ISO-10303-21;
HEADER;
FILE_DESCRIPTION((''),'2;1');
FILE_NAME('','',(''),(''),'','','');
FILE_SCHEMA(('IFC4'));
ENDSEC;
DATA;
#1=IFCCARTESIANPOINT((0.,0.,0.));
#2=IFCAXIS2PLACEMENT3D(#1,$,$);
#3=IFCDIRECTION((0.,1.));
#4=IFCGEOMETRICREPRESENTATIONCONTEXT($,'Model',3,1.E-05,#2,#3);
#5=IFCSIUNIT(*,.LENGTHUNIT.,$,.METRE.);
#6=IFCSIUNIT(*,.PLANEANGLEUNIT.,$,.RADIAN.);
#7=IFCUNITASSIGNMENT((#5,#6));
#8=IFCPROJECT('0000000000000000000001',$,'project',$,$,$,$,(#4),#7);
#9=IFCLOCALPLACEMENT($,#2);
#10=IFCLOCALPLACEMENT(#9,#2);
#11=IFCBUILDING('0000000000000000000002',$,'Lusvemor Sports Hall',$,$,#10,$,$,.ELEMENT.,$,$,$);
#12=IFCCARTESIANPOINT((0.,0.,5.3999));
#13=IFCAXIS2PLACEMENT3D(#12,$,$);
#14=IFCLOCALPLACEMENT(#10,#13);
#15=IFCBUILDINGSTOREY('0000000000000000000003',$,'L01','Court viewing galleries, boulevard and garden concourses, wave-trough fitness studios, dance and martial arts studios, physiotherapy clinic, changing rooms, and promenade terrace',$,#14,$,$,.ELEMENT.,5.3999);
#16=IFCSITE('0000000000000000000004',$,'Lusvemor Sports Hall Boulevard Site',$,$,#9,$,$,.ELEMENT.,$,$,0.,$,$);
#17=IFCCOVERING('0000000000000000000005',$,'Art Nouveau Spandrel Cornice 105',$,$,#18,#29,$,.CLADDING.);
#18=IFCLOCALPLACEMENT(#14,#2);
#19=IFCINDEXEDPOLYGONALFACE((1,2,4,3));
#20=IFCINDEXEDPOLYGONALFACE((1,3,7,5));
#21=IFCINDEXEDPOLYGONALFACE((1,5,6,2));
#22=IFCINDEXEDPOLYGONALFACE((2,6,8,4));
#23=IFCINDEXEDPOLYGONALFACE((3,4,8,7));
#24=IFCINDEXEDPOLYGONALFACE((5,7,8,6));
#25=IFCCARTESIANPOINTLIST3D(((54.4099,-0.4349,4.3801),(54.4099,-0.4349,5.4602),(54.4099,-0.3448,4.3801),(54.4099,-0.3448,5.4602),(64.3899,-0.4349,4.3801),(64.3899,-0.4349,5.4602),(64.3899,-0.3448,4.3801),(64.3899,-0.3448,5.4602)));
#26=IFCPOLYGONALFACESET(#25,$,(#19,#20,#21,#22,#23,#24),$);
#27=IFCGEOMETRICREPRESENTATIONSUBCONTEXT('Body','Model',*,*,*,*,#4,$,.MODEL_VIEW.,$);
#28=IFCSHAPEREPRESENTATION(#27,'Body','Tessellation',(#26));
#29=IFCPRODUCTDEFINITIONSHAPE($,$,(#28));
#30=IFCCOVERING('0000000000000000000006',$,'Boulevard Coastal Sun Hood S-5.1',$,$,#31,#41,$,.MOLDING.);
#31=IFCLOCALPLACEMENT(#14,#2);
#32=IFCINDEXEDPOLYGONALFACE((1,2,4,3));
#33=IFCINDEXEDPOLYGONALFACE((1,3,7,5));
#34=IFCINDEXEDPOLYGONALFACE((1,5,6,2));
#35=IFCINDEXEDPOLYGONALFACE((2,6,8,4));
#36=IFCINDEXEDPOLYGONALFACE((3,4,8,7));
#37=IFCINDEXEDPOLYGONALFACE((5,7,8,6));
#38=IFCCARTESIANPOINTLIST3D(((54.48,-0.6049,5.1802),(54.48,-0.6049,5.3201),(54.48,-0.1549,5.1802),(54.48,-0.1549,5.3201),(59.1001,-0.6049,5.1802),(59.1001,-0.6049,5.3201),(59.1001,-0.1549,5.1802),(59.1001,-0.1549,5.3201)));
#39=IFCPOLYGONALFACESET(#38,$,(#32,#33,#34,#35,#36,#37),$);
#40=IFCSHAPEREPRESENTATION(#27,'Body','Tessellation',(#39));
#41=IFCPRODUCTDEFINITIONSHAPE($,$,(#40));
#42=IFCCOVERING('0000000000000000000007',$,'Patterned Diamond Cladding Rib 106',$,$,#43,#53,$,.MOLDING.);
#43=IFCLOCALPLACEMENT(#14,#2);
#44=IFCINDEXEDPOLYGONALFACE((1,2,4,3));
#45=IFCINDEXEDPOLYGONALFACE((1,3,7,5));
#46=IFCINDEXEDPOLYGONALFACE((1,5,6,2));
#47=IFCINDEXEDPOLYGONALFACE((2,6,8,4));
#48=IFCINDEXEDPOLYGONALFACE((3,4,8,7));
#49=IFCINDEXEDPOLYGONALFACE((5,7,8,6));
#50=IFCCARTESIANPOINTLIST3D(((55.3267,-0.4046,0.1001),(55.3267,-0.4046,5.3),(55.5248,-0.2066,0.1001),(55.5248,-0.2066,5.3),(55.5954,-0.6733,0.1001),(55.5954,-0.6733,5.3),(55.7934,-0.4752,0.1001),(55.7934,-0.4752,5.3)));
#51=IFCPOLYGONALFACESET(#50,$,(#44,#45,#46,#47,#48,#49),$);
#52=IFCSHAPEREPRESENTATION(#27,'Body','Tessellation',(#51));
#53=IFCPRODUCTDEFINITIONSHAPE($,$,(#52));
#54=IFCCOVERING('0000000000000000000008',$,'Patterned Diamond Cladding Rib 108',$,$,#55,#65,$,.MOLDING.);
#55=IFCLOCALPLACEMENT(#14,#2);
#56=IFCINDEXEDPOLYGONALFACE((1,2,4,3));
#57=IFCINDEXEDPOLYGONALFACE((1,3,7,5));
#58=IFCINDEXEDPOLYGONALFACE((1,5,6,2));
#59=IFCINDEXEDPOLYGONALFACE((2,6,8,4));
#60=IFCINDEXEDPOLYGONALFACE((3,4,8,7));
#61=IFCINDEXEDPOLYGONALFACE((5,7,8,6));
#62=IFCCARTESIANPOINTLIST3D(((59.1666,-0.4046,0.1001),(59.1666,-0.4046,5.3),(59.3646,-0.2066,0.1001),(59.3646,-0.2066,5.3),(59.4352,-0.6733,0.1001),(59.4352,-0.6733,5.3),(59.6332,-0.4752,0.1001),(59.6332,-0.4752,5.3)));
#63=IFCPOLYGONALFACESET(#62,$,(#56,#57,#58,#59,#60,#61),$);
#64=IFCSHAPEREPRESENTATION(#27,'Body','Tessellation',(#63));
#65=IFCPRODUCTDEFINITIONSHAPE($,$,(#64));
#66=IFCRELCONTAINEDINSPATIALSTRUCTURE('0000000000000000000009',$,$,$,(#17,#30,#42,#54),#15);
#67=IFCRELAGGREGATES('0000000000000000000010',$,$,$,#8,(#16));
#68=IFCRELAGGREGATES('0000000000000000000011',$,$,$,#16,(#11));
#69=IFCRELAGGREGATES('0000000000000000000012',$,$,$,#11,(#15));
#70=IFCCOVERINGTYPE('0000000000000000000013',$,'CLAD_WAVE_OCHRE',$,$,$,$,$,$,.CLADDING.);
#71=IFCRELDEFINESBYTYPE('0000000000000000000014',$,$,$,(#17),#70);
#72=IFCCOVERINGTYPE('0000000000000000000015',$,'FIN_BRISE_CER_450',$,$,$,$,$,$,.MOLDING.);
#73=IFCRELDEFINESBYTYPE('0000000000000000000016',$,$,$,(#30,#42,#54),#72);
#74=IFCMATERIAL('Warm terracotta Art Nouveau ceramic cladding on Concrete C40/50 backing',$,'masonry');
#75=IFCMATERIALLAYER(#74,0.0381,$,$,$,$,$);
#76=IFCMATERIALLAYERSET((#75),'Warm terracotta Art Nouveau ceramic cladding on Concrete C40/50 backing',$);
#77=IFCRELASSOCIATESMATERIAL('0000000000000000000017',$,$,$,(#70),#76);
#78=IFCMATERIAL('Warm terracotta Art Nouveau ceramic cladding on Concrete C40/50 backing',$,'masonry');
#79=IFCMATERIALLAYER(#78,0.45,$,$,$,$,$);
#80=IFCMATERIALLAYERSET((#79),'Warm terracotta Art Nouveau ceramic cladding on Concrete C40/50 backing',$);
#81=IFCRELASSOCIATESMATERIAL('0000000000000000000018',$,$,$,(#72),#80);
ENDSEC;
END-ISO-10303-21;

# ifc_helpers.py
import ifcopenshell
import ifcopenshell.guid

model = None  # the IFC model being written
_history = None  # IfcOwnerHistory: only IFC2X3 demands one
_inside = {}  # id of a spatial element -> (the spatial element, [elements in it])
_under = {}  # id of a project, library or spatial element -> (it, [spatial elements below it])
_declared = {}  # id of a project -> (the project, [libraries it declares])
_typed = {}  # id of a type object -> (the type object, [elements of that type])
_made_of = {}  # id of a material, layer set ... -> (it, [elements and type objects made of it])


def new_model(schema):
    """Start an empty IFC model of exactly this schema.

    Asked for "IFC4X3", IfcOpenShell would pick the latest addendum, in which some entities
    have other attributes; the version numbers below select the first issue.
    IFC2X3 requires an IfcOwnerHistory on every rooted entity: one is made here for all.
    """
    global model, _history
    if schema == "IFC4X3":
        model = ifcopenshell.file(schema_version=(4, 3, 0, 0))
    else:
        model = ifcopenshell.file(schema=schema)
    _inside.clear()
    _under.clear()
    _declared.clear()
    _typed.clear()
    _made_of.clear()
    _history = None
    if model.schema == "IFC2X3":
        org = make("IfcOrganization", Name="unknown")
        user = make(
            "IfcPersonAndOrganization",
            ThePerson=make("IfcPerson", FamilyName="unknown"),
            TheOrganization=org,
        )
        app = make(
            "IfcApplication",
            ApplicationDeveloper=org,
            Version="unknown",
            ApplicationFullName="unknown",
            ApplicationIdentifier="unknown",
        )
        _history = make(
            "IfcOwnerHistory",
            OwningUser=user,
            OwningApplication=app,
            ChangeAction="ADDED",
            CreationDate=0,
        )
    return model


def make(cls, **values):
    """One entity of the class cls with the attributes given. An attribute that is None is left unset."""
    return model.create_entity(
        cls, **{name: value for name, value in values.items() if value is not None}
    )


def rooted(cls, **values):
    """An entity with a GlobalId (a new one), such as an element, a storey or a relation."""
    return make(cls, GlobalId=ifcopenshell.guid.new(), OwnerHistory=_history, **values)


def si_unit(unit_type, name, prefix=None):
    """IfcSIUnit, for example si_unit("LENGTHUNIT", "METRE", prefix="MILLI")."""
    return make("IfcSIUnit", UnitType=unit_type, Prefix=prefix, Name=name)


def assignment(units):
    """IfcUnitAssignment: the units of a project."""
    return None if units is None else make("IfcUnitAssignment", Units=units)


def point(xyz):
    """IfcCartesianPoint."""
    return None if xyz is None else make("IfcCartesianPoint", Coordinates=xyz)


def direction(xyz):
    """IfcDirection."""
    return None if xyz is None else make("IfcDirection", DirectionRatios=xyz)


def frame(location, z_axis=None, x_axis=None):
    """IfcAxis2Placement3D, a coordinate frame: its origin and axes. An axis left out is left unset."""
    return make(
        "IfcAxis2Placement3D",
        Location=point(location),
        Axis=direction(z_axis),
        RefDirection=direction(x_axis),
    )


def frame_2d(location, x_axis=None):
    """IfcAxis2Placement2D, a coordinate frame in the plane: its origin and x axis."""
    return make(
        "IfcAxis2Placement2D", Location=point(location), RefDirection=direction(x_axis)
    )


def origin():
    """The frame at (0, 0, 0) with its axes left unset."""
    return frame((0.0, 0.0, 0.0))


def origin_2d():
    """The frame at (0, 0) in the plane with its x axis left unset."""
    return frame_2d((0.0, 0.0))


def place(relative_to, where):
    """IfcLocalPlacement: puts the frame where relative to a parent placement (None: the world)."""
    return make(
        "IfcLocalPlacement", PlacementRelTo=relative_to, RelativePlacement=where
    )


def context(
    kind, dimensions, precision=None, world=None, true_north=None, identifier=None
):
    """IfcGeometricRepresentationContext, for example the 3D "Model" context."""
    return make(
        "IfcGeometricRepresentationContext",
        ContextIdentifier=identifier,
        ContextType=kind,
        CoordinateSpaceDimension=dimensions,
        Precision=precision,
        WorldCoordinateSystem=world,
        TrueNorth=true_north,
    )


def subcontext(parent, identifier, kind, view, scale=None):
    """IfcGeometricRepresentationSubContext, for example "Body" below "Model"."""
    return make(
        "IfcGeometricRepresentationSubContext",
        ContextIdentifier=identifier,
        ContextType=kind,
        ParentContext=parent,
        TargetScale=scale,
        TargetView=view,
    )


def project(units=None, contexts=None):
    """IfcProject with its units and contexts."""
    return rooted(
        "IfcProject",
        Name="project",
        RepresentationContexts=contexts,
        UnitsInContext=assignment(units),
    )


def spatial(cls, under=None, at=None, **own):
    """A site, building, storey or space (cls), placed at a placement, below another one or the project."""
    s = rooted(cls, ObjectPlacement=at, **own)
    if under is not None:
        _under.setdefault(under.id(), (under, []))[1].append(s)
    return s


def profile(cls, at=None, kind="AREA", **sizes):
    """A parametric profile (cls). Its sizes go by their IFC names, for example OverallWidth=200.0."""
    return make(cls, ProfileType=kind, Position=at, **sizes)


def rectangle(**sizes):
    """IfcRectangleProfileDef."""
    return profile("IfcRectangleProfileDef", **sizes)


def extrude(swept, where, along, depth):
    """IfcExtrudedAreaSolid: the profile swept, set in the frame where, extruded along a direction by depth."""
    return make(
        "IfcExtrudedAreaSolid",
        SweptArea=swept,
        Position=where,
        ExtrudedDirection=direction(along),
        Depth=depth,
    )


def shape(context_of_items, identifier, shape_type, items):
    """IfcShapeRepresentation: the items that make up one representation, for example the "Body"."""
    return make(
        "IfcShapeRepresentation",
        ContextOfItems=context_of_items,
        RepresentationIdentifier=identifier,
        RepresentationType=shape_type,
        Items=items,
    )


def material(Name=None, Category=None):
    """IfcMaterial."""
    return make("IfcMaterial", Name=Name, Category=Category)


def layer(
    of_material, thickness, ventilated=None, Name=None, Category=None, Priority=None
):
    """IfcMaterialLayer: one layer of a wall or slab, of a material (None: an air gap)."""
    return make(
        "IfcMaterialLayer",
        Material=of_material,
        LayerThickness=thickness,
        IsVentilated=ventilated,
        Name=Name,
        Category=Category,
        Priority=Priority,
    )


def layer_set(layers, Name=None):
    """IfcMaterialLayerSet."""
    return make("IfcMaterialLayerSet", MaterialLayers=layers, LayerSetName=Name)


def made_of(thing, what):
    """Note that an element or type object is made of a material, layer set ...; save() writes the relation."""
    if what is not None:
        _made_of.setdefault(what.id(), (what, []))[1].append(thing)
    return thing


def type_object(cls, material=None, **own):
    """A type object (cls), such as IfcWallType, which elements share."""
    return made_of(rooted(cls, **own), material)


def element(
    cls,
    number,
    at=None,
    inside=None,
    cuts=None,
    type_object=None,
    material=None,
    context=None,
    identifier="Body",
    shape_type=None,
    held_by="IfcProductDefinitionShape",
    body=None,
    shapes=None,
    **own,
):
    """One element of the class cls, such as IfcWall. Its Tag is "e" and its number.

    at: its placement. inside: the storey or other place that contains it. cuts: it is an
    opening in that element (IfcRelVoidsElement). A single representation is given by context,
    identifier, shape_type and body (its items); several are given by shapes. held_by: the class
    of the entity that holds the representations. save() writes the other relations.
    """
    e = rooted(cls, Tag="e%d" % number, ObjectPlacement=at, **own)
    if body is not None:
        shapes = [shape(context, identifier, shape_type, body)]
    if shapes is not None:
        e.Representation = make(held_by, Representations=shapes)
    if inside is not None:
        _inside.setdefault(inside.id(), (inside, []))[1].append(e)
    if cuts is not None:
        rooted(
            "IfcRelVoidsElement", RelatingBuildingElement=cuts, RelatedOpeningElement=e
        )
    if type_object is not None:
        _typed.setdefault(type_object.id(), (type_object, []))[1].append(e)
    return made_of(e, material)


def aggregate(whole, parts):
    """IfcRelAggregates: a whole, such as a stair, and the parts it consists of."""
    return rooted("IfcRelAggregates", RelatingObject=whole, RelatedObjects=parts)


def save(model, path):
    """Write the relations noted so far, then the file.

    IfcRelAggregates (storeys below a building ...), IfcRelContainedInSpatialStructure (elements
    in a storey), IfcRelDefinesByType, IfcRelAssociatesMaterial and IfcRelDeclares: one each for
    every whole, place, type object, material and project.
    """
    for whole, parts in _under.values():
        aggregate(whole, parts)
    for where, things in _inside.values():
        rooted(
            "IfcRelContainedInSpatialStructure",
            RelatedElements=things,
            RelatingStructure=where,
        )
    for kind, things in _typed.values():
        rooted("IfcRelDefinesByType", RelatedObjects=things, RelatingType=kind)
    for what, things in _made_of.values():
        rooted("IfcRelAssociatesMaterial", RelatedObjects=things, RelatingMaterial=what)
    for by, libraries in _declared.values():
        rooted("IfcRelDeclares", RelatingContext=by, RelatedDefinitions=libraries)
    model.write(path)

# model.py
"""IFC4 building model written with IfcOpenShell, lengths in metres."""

from ifc_helpers import new_model, si_unit, direction, frame, origin, origin_2d, place, context, subcontext, project, spatial, rectangle, extrude, material, layer, layer_set, type_object, element, save


model = new_model("IFC4")

# Units and contexts
model_context = context("Model", 3, precision=1e-05, world=origin(), true_north=direction((0.0, 1.0)))
body_context = subcontext(model_context, "Body", "Model", "MODEL_VIEW")
ifc_project = project(units=[si_unit("LENGTHUNIT", "METRE"), si_unit("PLANEANGLEUNIT", "RADIAN")], contexts=[model_context])

# Site, building, storey
site_placement = place(None, origin())
site = spatial("IfcSite", under=ifc_project, at=site_placement, Name="Lusvemor Sports Hall Boulevard Site", CompositionType="ELEMENT", RefElevation=0.0)
building_placement = place(site_placement, origin())
building = spatial("IfcBuilding", under=site, at=building_placement, Name="Lusvemor Sports Hall", CompositionType="ELEMENT")
storey_placement = place(building_placement, frame((0.0, 0.0, 5.3999)))
storey = spatial("IfcBuildingStorey", under=building, at=storey_placement, Name="L01", Description="Court viewing galleries, boulevard and garden concourses, wave-trough fitness studios, dance and martial arts studios, physiotherapy clinic, changing rooms, and promenade terrace", CompositionType="ELEMENT", Elevation=5.3999)

# Coverings
ifc_material_1 = material(Name="Warm terracotta Art Nouveau ceramic cladding on Concrete C40/50 backing", Category="masonry")
ifc_layer_1 = layer(ifc_material_1, 0.0381)
ifc_layer_set_1 = layer_set([ifc_layer_1], Name="Warm terracotta Art Nouveau ceramic cladding on Concrete C40/50 backing")
covering_type_1 = type_object("IfcCoveringType", Name="CLAD_WAVE_OCHRE", PredefinedType="CLADDING", material=ifc_layer_set_1)
covering_1_placement = place(storey_placement, frame((59.3999, -0.3899, 4.3801), z_axis=(0.0, 0.0, 1.0), x_axis=(1.0, 0.0, 0.0)))
element("IfcCovering", 1, at=covering_1_placement, inside=storey, type_object=covering_type_1, Name="Art Nouveau Spandrel Cornice 105", PredefinedType="CLADDING", context=body_context, shape_type="SweptSolid", body=[
    extrude(rectangle(XDim=9.98, YDim=0.0901, at=origin_2d()), origin(), (0.0, 0.0, 1.0), 1.0801),
])
ifc_material_2 = material(Name="Warm terracotta Art Nouveau ceramic cladding on Concrete C40/50 backing", Category="masonry")
ifc_layer_2 = layer(ifc_material_2, 0.45)
ifc_layer_set_2 = layer_set([ifc_layer_2], Name="Warm terracotta Art Nouveau ceramic cladding on Concrete C40/50 backing")
covering_type_2 = type_object("IfcCoveringType", Name="FIN_BRISE_CER_450", PredefinedType="MOLDING", material=ifc_layer_set_2)
covering_2_placement = place(storey_placement, frame((56.79, -0.3799, 5.1802), z_axis=(0.0, 0.0, 1.0), x_axis=(1.0, 0.0, 0.0)))
element("IfcCovering", 2, at=covering_2_placement, inside=storey, type_object=covering_type_2, Name="Boulevard Coastal Sun Hood S-5.1", PredefinedType="MOLDING", context=body_context, shape_type="SweptSolid", body=[
    extrude(rectangle(XDim=4.6201, YDim=0.45, at=origin_2d()), origin(), (0.0, 0.0, 1.0), 0.1399),
])
for number, where, z_axis, x_axis, name in (
    (3, (55.5601, -0.4399, 0.1001), (0.0, 0.0, 1.0), (0.707107, 0.707107, 0.0), "Patterned Diamond Cladding Rib 106"),
    (4, (59.3999, -0.4399, 0.1001), (0.0, 0.0, 1.0), (0.707107, 0.707107, 0.0), "Patterned Diamond Cladding Rib 108"),
):
    element("IfcCovering", number, at=place(storey_placement, frame(where, z_axis=z_axis, x_axis=x_axis)), inside=storey, type_object=covering_type_2, Name=name, PredefinedType="MOLDING", context=body_context, shape_type="SweptSolid", body=[
        extrude(rectangle(XDim=0.28, YDim=0.3799, at=origin_2d()), origin(), (0.0, 0.0, 1.0), 5.2),
    ])

save(model, "model.ifc")
